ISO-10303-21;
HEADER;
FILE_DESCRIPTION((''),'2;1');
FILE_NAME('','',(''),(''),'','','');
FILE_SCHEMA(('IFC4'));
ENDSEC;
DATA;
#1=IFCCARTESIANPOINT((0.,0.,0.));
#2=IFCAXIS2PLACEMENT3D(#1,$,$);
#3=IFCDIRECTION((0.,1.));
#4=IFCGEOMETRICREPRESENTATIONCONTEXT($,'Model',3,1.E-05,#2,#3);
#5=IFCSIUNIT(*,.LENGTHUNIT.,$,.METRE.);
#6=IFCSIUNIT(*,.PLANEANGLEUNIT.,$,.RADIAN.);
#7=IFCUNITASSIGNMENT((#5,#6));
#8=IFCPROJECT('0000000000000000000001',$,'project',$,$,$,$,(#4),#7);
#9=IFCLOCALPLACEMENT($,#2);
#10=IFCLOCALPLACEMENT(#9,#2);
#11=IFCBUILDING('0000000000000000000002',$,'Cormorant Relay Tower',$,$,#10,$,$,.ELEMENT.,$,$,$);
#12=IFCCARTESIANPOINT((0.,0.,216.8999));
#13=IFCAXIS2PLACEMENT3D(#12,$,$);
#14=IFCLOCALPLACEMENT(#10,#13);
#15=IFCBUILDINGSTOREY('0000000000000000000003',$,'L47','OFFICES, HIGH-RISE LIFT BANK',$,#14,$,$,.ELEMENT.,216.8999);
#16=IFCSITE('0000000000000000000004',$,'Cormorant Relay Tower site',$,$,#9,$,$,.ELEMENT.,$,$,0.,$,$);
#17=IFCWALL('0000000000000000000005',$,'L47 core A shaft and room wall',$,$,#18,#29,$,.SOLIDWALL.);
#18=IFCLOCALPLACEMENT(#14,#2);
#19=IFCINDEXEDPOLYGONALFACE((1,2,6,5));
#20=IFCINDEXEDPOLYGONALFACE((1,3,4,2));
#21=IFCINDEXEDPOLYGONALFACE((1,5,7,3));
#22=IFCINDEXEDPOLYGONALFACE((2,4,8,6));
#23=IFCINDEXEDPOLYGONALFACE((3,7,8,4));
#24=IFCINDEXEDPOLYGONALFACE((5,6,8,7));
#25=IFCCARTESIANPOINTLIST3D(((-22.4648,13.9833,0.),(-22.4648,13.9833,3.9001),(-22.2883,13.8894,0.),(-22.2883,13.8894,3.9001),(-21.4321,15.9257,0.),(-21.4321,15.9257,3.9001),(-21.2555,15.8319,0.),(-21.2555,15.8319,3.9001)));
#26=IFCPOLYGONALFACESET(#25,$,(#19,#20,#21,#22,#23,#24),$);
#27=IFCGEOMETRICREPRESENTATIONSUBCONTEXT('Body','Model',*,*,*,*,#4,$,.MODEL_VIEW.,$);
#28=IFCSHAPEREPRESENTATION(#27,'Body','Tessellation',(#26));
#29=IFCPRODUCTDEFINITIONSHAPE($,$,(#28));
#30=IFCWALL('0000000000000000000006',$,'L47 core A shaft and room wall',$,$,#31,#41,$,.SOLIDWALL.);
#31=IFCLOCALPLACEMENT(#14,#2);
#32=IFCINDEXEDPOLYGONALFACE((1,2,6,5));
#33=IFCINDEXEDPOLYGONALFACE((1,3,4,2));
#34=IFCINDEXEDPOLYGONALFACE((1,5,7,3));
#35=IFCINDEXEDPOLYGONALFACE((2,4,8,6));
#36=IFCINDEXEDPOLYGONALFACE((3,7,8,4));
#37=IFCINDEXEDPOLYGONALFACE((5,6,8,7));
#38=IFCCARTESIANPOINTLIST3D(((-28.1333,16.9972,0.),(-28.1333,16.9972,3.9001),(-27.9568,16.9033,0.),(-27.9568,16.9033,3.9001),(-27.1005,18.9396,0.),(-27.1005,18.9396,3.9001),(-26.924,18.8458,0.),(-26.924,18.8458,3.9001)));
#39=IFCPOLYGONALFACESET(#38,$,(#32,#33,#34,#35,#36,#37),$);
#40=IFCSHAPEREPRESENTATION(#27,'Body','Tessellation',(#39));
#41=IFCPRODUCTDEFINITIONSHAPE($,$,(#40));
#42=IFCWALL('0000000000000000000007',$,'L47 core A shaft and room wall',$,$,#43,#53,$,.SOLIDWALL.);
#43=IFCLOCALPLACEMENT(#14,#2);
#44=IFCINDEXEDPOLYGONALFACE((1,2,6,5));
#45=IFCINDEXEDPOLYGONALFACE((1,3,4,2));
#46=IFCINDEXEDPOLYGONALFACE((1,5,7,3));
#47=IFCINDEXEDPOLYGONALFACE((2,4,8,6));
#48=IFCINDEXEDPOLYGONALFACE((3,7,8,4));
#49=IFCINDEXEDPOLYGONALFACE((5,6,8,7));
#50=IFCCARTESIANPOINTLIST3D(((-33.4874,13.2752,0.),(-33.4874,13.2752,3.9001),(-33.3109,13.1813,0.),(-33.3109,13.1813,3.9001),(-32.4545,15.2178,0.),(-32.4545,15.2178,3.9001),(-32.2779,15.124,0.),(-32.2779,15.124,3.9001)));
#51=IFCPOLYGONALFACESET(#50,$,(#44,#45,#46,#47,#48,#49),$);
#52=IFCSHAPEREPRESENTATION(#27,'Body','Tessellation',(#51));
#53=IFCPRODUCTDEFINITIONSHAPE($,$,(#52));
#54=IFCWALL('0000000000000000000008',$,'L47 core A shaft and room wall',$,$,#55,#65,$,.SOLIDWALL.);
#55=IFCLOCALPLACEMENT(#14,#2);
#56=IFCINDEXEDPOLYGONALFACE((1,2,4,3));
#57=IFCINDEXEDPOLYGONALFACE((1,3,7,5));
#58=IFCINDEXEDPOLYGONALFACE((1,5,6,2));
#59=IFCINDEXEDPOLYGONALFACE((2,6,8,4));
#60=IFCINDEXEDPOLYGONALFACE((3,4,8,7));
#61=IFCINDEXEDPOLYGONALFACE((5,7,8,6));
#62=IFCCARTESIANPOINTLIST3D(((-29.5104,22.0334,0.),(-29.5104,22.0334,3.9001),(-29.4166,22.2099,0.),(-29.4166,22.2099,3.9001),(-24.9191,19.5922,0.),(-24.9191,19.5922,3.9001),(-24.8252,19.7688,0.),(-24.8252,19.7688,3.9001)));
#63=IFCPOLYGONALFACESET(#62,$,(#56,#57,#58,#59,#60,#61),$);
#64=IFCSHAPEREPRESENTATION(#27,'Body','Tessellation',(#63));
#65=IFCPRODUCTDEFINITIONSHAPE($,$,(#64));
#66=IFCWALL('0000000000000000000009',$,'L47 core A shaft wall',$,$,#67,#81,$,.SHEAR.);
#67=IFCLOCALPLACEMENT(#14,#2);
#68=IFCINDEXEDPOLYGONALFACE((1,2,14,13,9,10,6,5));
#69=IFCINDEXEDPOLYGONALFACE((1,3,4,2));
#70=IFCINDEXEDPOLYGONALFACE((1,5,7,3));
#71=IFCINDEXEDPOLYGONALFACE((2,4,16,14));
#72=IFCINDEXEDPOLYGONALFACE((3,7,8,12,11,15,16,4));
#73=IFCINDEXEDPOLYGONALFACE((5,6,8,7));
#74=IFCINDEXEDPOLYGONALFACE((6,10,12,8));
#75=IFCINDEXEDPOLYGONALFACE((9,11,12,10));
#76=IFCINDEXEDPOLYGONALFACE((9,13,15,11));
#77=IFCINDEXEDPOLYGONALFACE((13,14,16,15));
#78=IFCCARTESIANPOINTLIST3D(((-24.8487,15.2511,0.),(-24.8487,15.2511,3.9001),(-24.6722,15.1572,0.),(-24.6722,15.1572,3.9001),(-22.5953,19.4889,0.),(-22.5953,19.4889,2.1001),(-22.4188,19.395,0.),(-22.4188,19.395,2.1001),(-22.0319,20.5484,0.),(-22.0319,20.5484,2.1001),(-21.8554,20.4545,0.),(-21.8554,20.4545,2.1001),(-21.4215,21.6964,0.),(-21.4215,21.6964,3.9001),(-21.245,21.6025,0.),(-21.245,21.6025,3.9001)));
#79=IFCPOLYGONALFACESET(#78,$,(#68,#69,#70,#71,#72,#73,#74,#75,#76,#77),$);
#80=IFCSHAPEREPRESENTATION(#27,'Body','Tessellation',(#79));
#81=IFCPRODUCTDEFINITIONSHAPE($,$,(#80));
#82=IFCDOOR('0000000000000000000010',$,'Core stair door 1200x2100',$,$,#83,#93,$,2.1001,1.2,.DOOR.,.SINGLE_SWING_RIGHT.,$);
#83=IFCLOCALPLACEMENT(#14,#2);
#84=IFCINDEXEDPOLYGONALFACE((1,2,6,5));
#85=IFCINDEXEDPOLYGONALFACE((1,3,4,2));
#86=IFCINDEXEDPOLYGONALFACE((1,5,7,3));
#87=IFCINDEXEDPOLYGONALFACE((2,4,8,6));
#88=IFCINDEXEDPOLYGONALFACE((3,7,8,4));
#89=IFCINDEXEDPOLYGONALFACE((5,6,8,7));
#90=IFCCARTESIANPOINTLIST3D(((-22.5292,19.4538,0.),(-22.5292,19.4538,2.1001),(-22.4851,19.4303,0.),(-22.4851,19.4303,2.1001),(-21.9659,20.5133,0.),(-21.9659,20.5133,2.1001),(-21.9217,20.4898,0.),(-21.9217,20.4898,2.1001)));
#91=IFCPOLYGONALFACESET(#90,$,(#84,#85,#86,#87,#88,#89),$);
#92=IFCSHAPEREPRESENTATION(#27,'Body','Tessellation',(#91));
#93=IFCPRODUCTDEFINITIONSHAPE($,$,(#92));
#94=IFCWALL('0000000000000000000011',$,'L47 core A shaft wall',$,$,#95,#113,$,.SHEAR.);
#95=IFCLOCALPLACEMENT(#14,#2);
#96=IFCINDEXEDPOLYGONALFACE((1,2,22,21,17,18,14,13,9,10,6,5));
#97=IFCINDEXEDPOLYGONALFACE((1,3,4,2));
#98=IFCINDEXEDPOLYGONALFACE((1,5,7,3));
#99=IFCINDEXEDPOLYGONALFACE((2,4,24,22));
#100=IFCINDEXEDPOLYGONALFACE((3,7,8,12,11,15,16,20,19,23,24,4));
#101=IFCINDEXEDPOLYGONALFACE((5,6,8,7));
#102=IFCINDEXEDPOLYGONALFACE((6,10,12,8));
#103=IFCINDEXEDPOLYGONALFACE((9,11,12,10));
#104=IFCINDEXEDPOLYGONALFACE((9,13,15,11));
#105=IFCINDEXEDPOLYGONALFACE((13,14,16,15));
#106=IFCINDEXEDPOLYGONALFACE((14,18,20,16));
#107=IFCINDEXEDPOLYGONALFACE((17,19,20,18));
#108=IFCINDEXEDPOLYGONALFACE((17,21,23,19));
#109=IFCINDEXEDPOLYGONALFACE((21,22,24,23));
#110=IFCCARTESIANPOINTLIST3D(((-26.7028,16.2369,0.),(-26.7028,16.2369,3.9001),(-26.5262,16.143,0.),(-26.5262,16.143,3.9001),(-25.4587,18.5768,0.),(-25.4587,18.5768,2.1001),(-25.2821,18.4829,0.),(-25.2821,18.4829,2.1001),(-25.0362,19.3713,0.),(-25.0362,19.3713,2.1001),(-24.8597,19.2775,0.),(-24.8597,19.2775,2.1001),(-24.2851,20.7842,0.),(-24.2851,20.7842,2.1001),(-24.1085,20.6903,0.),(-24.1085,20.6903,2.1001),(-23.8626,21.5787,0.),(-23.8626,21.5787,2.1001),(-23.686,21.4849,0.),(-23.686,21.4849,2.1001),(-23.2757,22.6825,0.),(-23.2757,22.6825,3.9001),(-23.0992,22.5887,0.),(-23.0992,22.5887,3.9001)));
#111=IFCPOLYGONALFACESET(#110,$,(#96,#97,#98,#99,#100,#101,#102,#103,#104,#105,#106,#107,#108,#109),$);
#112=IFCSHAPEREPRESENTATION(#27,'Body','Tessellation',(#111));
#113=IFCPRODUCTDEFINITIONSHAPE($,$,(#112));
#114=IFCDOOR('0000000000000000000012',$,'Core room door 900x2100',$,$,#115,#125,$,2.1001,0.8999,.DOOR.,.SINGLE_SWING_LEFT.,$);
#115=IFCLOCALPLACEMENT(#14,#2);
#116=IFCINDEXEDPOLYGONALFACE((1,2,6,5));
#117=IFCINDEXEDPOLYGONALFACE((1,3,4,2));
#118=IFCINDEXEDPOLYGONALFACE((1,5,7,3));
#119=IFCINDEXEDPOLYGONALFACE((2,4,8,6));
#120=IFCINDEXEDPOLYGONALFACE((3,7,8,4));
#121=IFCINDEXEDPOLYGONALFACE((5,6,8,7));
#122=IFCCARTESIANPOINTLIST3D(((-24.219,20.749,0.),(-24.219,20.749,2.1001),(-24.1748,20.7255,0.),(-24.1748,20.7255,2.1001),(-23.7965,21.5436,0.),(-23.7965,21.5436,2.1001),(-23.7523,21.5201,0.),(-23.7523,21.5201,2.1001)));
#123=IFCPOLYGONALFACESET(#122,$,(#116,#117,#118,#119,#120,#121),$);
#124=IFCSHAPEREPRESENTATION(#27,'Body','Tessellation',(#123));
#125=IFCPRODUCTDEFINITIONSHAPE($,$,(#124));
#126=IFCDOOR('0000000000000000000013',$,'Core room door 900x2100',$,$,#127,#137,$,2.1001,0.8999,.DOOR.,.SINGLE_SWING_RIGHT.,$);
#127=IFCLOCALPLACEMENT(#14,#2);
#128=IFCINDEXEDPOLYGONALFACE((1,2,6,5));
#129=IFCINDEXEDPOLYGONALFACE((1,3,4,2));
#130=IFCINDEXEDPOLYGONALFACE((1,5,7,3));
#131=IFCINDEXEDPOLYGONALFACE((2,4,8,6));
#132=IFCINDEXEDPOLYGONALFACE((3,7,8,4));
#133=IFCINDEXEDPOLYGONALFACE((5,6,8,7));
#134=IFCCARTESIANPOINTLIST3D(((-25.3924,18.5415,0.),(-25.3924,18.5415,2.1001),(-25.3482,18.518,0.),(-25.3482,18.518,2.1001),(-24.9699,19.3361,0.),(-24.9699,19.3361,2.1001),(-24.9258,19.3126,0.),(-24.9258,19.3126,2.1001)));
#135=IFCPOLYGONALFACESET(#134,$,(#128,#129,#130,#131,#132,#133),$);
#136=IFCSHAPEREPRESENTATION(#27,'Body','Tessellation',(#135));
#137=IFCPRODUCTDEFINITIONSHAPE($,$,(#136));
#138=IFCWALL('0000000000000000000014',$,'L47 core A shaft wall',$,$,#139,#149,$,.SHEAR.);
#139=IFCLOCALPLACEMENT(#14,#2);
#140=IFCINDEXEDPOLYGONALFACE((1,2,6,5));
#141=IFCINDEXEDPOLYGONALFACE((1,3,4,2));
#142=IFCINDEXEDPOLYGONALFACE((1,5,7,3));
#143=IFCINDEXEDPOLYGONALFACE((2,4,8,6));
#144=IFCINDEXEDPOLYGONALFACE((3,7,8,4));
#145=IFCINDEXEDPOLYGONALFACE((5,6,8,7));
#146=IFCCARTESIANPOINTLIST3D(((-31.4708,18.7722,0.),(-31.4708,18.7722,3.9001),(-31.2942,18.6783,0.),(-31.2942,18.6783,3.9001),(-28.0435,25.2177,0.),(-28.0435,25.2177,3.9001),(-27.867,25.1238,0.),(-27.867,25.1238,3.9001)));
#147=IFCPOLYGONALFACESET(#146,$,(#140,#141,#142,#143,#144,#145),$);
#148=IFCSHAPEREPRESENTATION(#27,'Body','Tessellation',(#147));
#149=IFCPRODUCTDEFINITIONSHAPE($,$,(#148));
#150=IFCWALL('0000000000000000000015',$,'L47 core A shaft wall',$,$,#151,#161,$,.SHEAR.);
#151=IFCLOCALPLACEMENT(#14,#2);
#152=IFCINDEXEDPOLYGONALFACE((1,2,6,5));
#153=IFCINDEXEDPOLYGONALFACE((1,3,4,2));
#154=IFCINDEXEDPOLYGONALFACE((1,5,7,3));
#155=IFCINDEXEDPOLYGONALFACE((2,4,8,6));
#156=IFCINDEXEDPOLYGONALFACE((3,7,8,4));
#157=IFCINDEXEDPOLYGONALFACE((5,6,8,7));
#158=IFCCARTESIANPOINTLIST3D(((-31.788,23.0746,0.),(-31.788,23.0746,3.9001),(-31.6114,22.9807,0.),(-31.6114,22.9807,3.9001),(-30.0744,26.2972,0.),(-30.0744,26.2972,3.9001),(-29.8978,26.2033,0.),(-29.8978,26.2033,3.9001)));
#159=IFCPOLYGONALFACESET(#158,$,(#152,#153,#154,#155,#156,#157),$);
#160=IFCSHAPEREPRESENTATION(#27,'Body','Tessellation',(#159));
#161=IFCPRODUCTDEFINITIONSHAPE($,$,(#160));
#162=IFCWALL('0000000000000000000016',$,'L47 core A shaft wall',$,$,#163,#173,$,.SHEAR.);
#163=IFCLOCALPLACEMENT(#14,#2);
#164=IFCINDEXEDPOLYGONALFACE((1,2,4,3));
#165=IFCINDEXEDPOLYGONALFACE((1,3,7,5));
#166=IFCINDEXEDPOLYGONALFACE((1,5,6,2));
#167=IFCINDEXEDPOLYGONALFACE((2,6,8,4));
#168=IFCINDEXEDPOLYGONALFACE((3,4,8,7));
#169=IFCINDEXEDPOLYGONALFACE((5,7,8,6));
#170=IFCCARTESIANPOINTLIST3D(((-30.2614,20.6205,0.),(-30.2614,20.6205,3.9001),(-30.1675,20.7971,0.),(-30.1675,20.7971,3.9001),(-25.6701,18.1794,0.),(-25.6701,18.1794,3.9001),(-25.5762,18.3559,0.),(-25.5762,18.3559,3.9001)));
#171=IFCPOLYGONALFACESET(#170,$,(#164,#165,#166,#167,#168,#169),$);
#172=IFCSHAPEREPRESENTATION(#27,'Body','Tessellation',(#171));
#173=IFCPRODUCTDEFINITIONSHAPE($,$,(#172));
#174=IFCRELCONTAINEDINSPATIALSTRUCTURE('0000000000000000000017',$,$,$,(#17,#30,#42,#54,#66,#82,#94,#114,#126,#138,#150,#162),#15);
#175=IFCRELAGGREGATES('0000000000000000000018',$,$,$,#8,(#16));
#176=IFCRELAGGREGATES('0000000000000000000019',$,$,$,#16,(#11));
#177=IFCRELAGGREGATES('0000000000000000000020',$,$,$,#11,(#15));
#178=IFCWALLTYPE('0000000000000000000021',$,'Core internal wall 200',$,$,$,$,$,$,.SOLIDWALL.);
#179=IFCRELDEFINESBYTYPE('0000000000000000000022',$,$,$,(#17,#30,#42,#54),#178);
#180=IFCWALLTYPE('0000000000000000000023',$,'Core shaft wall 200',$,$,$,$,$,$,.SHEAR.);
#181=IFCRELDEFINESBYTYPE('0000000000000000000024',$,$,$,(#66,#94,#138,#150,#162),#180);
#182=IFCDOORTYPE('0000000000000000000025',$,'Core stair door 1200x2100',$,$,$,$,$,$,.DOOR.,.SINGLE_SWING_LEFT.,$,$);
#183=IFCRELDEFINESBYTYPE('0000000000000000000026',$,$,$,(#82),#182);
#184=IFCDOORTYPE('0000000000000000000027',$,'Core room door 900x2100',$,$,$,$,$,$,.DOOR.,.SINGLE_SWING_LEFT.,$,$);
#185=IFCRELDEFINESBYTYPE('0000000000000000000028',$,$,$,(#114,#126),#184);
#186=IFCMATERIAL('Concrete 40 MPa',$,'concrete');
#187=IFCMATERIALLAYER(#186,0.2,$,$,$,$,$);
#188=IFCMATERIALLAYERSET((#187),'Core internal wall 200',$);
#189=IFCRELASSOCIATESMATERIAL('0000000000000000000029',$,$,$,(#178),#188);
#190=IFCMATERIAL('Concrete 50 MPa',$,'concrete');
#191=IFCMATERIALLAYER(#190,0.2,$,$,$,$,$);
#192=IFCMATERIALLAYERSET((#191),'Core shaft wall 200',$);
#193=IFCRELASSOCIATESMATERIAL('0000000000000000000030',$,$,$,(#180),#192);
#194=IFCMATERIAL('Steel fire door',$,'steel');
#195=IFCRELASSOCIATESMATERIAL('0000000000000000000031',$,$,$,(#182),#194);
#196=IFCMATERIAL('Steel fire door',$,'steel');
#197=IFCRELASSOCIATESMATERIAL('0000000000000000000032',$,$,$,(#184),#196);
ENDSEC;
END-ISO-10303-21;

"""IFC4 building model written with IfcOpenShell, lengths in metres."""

from ifc_helpers import new_model, si_unit, direction, frame, frame_2d, origin, place, context, subcontext, project, spatial, rectangle, extrude, material, layer, layer_set, type_object, element, fill, save


model = new_model("IFC4")

# Units and contexts
model_context = context("Model", 3, precision=1e-05, world=origin(), true_north=direction((0.0, 1.0)))
body_context = subcontext(model_context, "Body", "Model", "MODEL_VIEW")
ifc_project = project(units=[si_unit("LENGTHUNIT", "METRE"), si_unit("PLANEANGLEUNIT", "RADIAN")], contexts=[model_context])

# Site, building, storey
site_placement = place(None, origin())
site = spatial("IfcSite", under=ifc_project, at=site_placement, Name="Cormorant Relay Tower site", CompositionType="ELEMENT", RefElevation=0.0)
building_placement = place(site_placement, origin())
building = spatial("IfcBuilding", under=site, at=building_placement, Name="Cormorant Relay Tower", CompositionType="ELEMENT")
storey_placement = place(building_placement, frame((0.0, 0.0, 216.8999)))
storey = spatial("IfcBuildingStorey", under=building, at=storey_placement, Name="L47", Description="OFFICES, HIGH-RISE LIFT BANK", CompositionType="ELEMENT", Elevation=216.8999)

# Walls
ifc_material_1 = material(Name="Concrete 40 MPa", Category="concrete")
ifc_layer_1 = layer(ifc_material_1, 0.2)
ifc_layer_set_1 = layer_set([ifc_layer_1], Name="Core internal wall 200")
wall_type_1 = type_object("IfcWallType", Name="Core internal wall 200", PredefinedType="SOLIDWALL", material=ifc_layer_set_1)
for number, where, z_axis, x_axis, name in (
    (1, (-21.3438, 15.8789, 0.0), (0.0, 0.0, 1.0), (-0.469447, -0.88296, 0.0), "L47 core A shaft and room wall"),
    (2, (-27.0122, 18.8928, 0.0), (0.0, 0.0, 1.0), (-0.469447, -0.88296, 0.0), "L47 core A shaft and room wall"),
):
    element("IfcWall", number, at=place(storey_placement, frame(where, z_axis=z_axis, x_axis=x_axis)), inside=storey, type_object=wall_type_1, Name=name, PredefinedType="SOLIDWALL", context=body_context, shape_type="SweptSolid", body=[
        extrude(rectangle(XDim=2.2, YDim=0.2, at=frame_2d((1.1001, 0.0))), origin(), (0.0, 0.0, 1.0), 3.9001),
    ])
wall_1_placement = place(storey_placement, frame((-32.3662, 15.1709, 0.0), z_axis=(0.0, 0.0, 1.0), x_axis=(-0.469488, -0.882939, 0.0)))
element("IfcWall", 3, at=wall_1_placement, inside=storey, type_object=wall_type_1, Name="L47 core A shaft and room wall", PredefinedType="SOLIDWALL", context=body_context, shape_type="SweptSolid", body=[
    extrude(rectangle(XDim=2.2002, YDim=0.2, at=frame_2d((1.1001, 0.0))), origin(), (0.0, 0.0, 1.0), 3.9001),
])
wall_2_placement = place(storey_placement, frame((-24.8721, 19.6804, 0.0), z_axis=(0.0, 0.0, 1.0), x_axis=(-0.882954, 0.46946, 0.0)))
element("IfcWall", 4, at=wall_2_placement, inside=storey, type_object=wall_type_1, Name="L47 core A shaft and room wall", PredefinedType="SOLIDWALL", context=body_context, shape_type="SweptSolid", body=[
    extrude(rectangle(XDim=5.2, YDim=0.2, at=frame_2d((2.6001, 0.0))), origin(), (0.0, 0.0, 1.0), 3.9001),
])

# Wall, opening, door
ifc_material_2 = material(Name="Concrete 50 MPa", Category="concrete")
ifc_layer_2 = layer(ifc_material_2, 0.2)
ifc_layer_set_2 = layer_set([ifc_layer_2], Name="Core shaft wall 200")
wall_type_2 = type_object("IfcWallType", Name="Core shaft wall 200", PredefinedType="SHEAR", material=ifc_layer_set_2)
wall_3_placement = place(storey_placement, frame((-21.3333, 21.6494, 0.0), z_axis=(0.0, 0.0, 1.0), x_axis=(-0.469494, -0.882936, 0.0)))
wall_3 = element("IfcWall", 5, at=wall_3_placement, inside=storey, type_object=wall_type_2, Name="L47 core A shaft wall", PredefinedType="SHEAR", context=body_context, shape_type="SweptSolid", body=[
    extrude(rectangle(XDim=7.2998, YDim=0.2, at=frame_2d((3.6499, 0.0))), origin(), (0.0, 0.0, 1.0), 3.9001),
])
opening_1_placement = place(wall_3_placement, frame((1.3, 0.0, 0.0)))
opening_1 = element("IfcOpeningElement", 6, at=opening_1_placement, cuts=wall_3, PredefinedType="OPENING", context=body_context, shape_type="SweptSolid", body=[
    extrude(rectangle(XDim=1.2, YDim=2.1001, at=frame_2d((0.6001, 1.05))), frame((0.0, 0.1099, 0.0), z_axis=(0.0, -1.0, 0.0), x_axis=(1.0, 0.0, 0.0)), (0.0, 0.0, 1.0), 0.22),
])
ifc_material_3 = material(Name="Steel fire door", Category="steel")
door_type_1 = type_object("IfcDoorType", Name="Core stair door 1200x2100", OperationType="SINGLE_SWING_LEFT", PredefinedType="DOOR", material=ifc_material_3)
door_1_placement = place(opening_1_placement, origin())
door_1 = element("IfcDoor", 7, at=door_1_placement, inside=storey, type_object=door_type_1, Name="Core stair door 1200x2100", OperationType="SINGLE_SWING_RIGHT", OverallHeight=2.1001, OverallWidth=1.2, PredefinedType="DOOR", context=body_context, shape_type="SweptSolid", body=[
    extrude(rectangle(XDim=1.2, YDim=2.1001, at=frame_2d((0.6001, 1.05))), frame((0.0, 0.0249, 0.0), z_axis=(0.0, -1.0, 0.0), x_axis=(1.0, 0.0, 0.0)), (0.0, 0.0, 1.0), 0.05),
])
fill(opening_1, door_1)

# Wall, openings, doors
wall_4_placement = place(storey_placement, frame((-23.1875, 22.6355, 0.0), z_axis=(0.0, 0.0, 1.0), x_axis=(-0.469454, -0.882957, 0.0)))
wall_4 = element("IfcWall", 8, at=wall_4_placement, inside=storey, type_object=wall_type_2, Name="L47 core A shaft wall", PredefinedType="SHEAR", context=body_context, shape_type="SweptSolid", body=[
    extrude(rectangle(XDim=7.3, YDim=0.2, at=frame_2d((3.6499, 0.0))), origin(), (0.0, 0.0, 1.0), 3.9001),
])
opening_2_placement = place(wall_4_placement, frame((1.25, 0.0, 0.0)))
opening_2 = element("IfcOpeningElement", 9, at=opening_2_placement, cuts=wall_4, PredefinedType="OPENING", context=body_context, shape_type="SweptSolid", body=[
    extrude(rectangle(XDim=0.8999, YDim=2.1001, at=frame_2d((0.45, 1.05))), frame((0.0, 0.1099, 0.0), z_axis=(0.0, -1.0, 0.0), x_axis=(1.0, 0.0, 0.0)), (0.0, 0.0, 1.0), 0.22),
])
opening_3_placement = place(wall_4_placement, frame((3.75, 0.0, 0.0)))
opening_3 = element("IfcOpeningElement", 10, at=opening_3_placement, cuts=wall_4, PredefinedType="OPENING", context=body_context, shape_type="SweptSolid", body=[
    extrude(rectangle(XDim=0.8999, YDim=2.1001, at=frame_2d((0.45, 1.05))), frame((0.0, 0.1099, 0.0), z_axis=(0.0, -1.0, 0.0), x_axis=(1.0, 0.0, 0.0)), (0.0, 0.0, 1.0), 0.22),
])
ifc_material_4 = material(Name="Steel fire door", Category="steel")
door_type_2 = type_object("IfcDoorType", Name="Core room door 900x2100", OperationType="SINGLE_SWING_LEFT", PredefinedType="DOOR", material=ifc_material_4)
door_2_placement = place(opening_2_placement, origin())
door_2 = element("IfcDoor", 11, at=door_2_placement, inside=storey, type_object=door_type_2, Name="Core room door 900x2100", OperationType="SINGLE_SWING_LEFT", OverallHeight=2.1001, OverallWidth=0.8999, PredefinedType="DOOR", context=body_context, shape_type="SweptSolid", body=[
    extrude(rectangle(XDim=0.8999, YDim=2.1001, at=frame_2d((0.45, 1.05))), frame((0.0, 0.0249, 0.0), z_axis=(0.0, -1.0, 0.0), x_axis=(1.0, 0.0, 0.0)), (0.0, 0.0, 1.0), 0.05),
])
fill(opening_2, door_2)
door_3_placement = place(opening_3_placement, frame((0.8999, 0.0, 0.0), z_axis=(0.0, 0.0, 1.0), x_axis=(-1.0, 0.0, 0.0)))
door_3 = element("IfcDoor", 12, at=door_3_placement, inside=storey, type_object=door_type_2, Name="Core room door 900x2100", OperationType="SINGLE_SWING_RIGHT", OverallHeight=2.1001, OverallWidth=0.8999, PredefinedType="DOOR", context=body_context, shape_type="SweptSolid", body=[
    extrude(rectangle(XDim=0.8999, YDim=2.1001, at=frame_2d((0.45, 1.05))), frame((0.0, 0.0249, 0.0), z_axis=(0.0, -1.0, 0.0), x_axis=(1.0, 0.0, 0.0)), (0.0, 0.0, 1.0), 0.05),
])
fill(opening_3, door_3)

# Walls
wall_5_placement = place(storey_placement, frame((-27.9553, 25.1707, 0.0), z_axis=(0.0, 0.0, 1.0), x_axis=(-0.46948, -0.882943, 0.0)))
element("IfcWall", 13, at=wall_5_placement, inside=storey, type_object=wall_type_2, Name="L47 core A shaft wall", PredefinedType="SHEAR", context=body_context, shape_type="SweptSolid", body=[
    extrude(rectangle(XDim=7.3, YDim=0.2, at=frame_2d((3.6499, 0.0))), origin(), (0.0, 0.0, 1.0), 3.9001),
])
wall_6_placement = place(storey_placement, frame((-29.9861, 26.2502, 0.0), z_axis=(0.0, 0.0, 1.0), x_axis=(-0.469494, -0.882936, 0.0)))
element("IfcWall", 14, at=wall_6_placement, inside=storey, type_object=wall_type_2, Name="L47 core A shaft wall", PredefinedType="SHEAR", context=body_context, shape_type="SweptSolid", body=[
    extrude(rectangle(XDim=3.6499, YDim=0.2, at=frame_2d((1.825, 0.0))), origin(), (0.0, 0.0, 1.0), 3.9001),
])

# Wall
wall_7_placement = place(storey_placement, frame((-25.623, 18.2676, 0.0), z_axis=(0.0, 0.0, 1.0), x_axis=(-0.882954, 0.46946, 0.0)))
element("IfcWall", 15, at=wall_7_placement, inside=storey, type_object=wall_type_2, Name="L47 core A shaft wall", PredefinedType="SHEAR", context=body_context, shape_type="SweptSolid", body=[
    extrude(rectangle(XDim=5.2, YDim=0.2, at=frame_2d((2.6001, 0.0))), origin(), (0.0, 0.0, 1.0), 3.9001),
])

save(model, "model.ifc")
